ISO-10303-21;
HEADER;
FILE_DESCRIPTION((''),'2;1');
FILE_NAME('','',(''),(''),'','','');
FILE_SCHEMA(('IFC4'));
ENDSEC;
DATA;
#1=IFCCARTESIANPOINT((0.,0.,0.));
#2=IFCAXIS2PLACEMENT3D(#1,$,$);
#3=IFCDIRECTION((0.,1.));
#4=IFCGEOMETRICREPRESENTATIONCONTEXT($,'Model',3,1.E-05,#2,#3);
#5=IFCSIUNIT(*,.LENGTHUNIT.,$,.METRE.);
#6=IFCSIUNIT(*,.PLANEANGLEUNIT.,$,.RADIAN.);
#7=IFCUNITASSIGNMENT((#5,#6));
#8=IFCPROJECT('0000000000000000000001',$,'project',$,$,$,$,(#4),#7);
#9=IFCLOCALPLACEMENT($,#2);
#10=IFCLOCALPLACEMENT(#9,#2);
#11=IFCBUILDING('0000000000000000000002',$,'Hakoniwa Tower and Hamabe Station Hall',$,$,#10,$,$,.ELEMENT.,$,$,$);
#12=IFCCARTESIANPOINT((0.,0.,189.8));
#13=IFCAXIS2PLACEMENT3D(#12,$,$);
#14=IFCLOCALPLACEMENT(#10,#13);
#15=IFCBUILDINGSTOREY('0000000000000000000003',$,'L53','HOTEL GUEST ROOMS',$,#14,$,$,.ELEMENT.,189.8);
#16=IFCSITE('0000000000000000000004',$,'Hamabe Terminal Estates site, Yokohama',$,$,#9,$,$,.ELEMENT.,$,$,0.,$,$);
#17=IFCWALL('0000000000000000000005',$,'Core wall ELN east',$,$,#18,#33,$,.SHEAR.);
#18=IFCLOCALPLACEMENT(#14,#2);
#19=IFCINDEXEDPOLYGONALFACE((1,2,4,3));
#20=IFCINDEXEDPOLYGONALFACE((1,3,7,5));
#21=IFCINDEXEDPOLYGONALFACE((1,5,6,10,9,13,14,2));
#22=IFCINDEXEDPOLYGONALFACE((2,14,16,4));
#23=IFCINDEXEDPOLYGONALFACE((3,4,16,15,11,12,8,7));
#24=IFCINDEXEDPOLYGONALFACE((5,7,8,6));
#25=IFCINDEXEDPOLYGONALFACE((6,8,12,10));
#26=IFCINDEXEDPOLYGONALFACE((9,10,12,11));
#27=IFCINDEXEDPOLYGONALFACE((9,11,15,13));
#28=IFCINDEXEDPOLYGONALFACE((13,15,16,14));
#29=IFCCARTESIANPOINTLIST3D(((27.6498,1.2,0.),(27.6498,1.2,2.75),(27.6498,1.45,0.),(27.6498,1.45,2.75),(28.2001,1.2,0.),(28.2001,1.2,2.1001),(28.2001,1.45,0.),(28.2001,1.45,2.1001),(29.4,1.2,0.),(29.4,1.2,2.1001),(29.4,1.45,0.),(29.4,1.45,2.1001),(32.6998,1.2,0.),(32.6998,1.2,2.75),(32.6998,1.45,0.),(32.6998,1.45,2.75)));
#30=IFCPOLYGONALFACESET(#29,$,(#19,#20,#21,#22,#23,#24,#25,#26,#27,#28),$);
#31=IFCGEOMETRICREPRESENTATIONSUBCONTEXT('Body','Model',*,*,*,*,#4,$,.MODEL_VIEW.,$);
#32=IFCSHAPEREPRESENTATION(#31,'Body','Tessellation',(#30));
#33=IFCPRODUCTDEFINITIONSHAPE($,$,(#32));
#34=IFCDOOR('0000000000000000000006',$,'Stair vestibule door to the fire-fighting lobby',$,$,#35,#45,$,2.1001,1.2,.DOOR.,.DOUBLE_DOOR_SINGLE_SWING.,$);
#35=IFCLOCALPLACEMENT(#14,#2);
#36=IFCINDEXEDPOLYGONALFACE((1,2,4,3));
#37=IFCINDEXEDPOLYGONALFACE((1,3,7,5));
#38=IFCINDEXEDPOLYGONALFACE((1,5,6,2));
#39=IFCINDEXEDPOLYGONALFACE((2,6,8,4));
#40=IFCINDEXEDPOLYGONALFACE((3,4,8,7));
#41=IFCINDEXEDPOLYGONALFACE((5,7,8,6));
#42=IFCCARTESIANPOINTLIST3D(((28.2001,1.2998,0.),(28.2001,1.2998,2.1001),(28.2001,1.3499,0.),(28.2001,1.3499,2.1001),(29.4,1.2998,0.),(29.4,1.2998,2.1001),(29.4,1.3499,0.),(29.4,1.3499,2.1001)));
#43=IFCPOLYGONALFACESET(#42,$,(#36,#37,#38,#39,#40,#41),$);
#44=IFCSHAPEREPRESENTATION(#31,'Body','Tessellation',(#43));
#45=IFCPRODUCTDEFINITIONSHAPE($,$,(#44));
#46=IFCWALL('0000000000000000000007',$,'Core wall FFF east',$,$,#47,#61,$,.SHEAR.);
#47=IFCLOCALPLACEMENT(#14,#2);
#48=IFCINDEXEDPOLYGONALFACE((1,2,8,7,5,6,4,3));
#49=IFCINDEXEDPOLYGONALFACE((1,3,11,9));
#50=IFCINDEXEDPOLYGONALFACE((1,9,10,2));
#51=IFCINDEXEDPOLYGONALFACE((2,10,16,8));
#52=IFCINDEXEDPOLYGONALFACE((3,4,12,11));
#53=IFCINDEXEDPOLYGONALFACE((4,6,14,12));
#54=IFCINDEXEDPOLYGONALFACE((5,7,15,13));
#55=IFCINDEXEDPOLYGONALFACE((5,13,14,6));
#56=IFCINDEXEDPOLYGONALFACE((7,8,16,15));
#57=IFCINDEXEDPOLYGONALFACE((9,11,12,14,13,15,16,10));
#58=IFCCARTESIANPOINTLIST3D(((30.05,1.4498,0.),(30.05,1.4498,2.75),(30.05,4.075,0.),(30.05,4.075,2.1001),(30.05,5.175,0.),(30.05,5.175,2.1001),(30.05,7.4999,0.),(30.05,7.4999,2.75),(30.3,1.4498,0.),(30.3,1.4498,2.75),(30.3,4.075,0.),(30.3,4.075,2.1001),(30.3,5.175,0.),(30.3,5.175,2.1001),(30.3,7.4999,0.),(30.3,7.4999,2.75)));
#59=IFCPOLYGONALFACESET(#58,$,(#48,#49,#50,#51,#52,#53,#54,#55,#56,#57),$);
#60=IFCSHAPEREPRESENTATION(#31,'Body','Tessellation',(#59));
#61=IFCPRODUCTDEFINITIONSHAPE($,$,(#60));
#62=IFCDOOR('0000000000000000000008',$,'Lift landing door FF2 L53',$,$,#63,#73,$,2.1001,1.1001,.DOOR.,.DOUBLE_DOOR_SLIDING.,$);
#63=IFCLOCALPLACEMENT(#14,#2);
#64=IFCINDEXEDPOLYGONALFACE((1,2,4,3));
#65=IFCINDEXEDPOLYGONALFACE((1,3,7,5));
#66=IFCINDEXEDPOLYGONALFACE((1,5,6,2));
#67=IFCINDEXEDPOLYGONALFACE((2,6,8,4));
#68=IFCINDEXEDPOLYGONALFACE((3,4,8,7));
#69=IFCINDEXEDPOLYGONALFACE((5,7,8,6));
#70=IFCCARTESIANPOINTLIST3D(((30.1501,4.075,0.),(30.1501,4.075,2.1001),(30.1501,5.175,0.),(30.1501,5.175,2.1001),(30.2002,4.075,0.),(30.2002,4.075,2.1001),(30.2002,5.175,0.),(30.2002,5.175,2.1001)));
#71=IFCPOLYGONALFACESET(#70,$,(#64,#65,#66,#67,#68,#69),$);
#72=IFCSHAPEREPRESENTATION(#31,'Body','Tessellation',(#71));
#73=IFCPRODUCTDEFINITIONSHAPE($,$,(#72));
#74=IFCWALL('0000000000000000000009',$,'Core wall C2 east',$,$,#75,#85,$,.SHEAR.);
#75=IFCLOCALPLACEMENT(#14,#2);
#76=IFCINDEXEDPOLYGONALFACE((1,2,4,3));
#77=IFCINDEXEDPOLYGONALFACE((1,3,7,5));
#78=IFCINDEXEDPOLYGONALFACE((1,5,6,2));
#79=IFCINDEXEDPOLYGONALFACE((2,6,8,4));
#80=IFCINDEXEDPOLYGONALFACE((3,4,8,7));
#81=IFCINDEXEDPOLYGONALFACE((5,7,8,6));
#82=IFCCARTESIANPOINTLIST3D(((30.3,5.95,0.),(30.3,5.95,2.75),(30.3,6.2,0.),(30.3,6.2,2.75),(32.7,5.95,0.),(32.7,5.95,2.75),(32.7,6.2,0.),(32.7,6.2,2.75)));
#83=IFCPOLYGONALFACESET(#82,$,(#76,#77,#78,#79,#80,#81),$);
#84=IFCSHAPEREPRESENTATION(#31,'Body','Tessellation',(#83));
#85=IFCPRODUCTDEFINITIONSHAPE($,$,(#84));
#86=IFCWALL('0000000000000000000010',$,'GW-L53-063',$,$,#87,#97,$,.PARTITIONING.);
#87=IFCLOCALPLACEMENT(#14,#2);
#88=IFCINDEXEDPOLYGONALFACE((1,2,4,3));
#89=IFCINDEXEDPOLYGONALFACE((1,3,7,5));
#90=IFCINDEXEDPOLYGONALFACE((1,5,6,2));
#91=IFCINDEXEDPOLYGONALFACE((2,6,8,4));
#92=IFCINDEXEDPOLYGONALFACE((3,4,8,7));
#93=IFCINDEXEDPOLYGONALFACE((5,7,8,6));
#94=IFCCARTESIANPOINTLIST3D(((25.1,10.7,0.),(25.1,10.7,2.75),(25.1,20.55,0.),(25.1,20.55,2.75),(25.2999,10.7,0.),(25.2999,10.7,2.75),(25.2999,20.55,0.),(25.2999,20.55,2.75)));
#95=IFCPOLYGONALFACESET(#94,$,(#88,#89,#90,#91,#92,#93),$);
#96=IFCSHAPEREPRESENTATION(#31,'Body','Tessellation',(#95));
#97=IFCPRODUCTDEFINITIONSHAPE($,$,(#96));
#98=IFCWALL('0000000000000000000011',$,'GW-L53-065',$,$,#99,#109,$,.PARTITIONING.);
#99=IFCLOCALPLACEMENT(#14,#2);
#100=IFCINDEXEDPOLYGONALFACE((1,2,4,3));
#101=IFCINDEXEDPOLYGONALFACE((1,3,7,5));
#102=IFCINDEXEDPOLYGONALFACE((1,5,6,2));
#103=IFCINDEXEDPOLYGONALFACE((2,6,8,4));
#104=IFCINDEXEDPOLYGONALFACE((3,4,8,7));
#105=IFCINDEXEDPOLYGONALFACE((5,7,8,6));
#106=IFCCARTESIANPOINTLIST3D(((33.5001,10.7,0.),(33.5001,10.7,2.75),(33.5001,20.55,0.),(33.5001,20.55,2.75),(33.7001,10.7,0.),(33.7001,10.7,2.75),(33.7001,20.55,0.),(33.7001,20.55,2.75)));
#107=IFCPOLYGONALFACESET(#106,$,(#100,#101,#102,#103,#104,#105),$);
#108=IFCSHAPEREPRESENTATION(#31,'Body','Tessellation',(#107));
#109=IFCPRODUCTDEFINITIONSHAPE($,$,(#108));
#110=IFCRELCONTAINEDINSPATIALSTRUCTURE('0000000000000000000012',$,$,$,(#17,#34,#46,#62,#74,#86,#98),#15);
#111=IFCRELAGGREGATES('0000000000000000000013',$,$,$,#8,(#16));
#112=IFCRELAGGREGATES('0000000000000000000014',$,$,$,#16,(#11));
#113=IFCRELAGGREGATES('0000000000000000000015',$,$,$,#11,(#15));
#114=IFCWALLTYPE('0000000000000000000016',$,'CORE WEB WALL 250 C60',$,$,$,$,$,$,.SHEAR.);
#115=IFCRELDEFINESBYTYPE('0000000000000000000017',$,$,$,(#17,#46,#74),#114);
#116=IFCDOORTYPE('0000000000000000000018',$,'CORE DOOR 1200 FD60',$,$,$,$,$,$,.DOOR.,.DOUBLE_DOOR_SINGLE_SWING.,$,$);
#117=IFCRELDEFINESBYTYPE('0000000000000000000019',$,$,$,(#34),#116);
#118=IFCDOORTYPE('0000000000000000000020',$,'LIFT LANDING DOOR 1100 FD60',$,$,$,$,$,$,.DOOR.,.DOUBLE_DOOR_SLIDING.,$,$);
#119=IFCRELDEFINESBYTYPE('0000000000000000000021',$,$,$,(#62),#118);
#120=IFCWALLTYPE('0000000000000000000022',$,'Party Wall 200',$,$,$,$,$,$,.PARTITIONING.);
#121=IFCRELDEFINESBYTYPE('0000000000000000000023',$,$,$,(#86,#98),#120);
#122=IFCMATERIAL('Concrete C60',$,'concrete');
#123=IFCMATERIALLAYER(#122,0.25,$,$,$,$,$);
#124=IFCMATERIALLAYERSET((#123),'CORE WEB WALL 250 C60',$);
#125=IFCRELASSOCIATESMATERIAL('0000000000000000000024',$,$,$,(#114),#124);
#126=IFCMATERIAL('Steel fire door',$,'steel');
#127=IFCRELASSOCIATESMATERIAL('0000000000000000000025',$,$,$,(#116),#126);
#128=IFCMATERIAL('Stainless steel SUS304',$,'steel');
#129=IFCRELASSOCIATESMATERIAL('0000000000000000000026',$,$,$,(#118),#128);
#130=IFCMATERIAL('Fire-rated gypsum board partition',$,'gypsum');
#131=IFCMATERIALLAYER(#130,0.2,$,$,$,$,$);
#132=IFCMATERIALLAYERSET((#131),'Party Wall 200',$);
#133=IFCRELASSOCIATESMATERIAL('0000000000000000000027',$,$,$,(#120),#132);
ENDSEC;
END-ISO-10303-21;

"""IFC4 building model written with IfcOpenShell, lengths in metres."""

from ifc_helpers import new_model, si_unit, direction, frame, frame_2d, origin, place, context, subcontext, project, spatial, rectangle, extrude, material, layer, layer_set, type_object, element, fill, save


model = new_model("IFC4")

# Units and contexts
model_context = context("Model", 3, precision=1e-05, world=origin(), true_north=direction((0.0, 1.0)))
body_context = subcontext(model_context, "Body", "Model", "MODEL_VIEW")
ifc_project = project(units=[si_unit("LENGTHUNIT", "METRE"), si_unit("PLANEANGLEUNIT", "RADIAN")], contexts=[model_context])

# Site, building, storey
site_placement = place(None, origin())
site = spatial("IfcSite", under=ifc_project, at=site_placement, Name="Hamabe Terminal Estates site, Yokohama", CompositionType="ELEMENT", RefElevation=0.0)
building_placement = place(site_placement, origin())
building = spatial("IfcBuilding", under=site, at=building_placement, Name="Hakoniwa Tower and Hamabe Station Hall", CompositionType="ELEMENT")
storey_placement = place(building_placement, frame((0.0, 0.0, 189.8)))
storey = spatial("IfcBuildingStorey", under=building, at=storey_placement, Name="L53", Description="HOTEL GUEST ROOMS", CompositionType="ELEMENT", Elevation=189.8)

# Shared definitions
ifc_material_1 = material(Name="Concrete C60", Category="concrete")
ifc_layer_1 = layer(ifc_material_1, 0.25)
ifc_layer_set_1 = layer_set([ifc_layer_1], Name="CORE WEB WALL 250 C60")
wall_type_1 = type_object("IfcWallType", Name="CORE WEB WALL 250 C60", PredefinedType="SHEAR", material=ifc_layer_set_1)

# Walls, openings, doors
ifc_material_2 = material(Name="Steel fire door", Category="steel")
door_type_1 = type_object("IfcDoorType", Name="CORE DOOR 1200 FD60", OperationType="DOUBLE_DOOR_SINGLE_SWING", PredefinedType="DOOR", material=ifc_material_2)
wall_1_placement = place(storey_placement, frame((27.6499, 1.325, 0.0), z_axis=(0.0, 0.0, 1.0), x_axis=(1.0, 0.0, 0.0)))
wall_1 = element("IfcWall", 1, at=wall_1_placement, inside=storey, type_object=wall_type_1, Name="Core wall ELN east", PredefinedType="SHEAR", context=body_context, shape_type="SweptSolid", body=[
    extrude(rectangle(XDim=5.05, YDim=0.25, at=frame_2d((2.5249, 0.0))), origin(), (0.0, 0.0, 1.0), 2.75),
])
opening_1_placement = place(wall_1_placement, frame((0.55, 0.0, 0.0)))
opening_1 = element("IfcOpeningElement", 2, at=opening_1_placement, cuts=wall_1, PredefinedType="OPENING", context=body_context, shape_type="SweptSolid", body=[
    extrude(rectangle(XDim=1.2, YDim=2.1001, at=frame_2d((0.6001, 1.05))), frame((0.0, 0.135, 0.0), z_axis=(0.0, -1.0, 0.0), x_axis=(1.0, 0.0, 0.0)), (0.0, 0.0, 1.0), 0.27),
])
door_1_placement = place(opening_1_placement, origin())
door_1 = element("IfcDoor", 3, at=door_1_placement, inside=storey, type_object=door_type_1, Name="Stair vestibule door to the fire-fighting lobby", OperationType="DOUBLE_DOOR_SINGLE_SWING", OverallHeight=2.1001, OverallWidth=1.2, PredefinedType="DOOR", context=body_context, shape_type="SweptSolid", body=[
    extrude(rectangle(XDim=1.2, YDim=2.1001, at=frame_2d((0.6001, 1.05))), frame((0.0, 0.0249, 0.0), z_axis=(0.0, -1.0, 0.0), x_axis=(1.0, 0.0, 0.0)), (0.0, 0.0, 1.0), 0.05),
])
fill(opening_1, door_1)
wall_2_placement = place(storey_placement, frame((30.175, 1.45, 0.0), z_axis=(0.0, 0.0, 1.0), x_axis=(0.0, 1.0, 0.0)))
wall_2 = element("IfcWall", 4, at=wall_2_placement, inside=storey, type_object=wall_type_1, Name="Core wall FFF east", PredefinedType="SHEAR", context=body_context, shape_type="SweptSolid", body=[
    extrude(rectangle(XDim=6.05, YDim=0.25, at=frame_2d((3.0249, 0.0))), origin(), (0.0, 0.0, 1.0), 2.75),
])
opening_2_placement = place(wall_2_placement, frame((2.625, 0.0, 0.0)))
opening_2 = element("IfcOpeningElement", 5, at=opening_2_placement, cuts=wall_2, PredefinedType="OPENING", context=body_context, shape_type="SweptSolid", body=[
    extrude(rectangle(XDim=1.1001, YDim=2.1001, at=frame_2d((0.55, 1.05))), frame((0.0, 0.135, 0.0), z_axis=(0.0, -1.0, 0.0), x_axis=(1.0, 0.0, 0.0)), (0.0, 0.0, 1.0), 0.27),
])
ifc_material_3 = material(Name="Stainless steel SUS304", Category="steel")
door_type_2 = type_object("IfcDoorType", Name="LIFT LANDING DOOR 1100 FD60", OperationType="DOUBLE_DOOR_SLIDING", PredefinedType="DOOR", material=ifc_material_3)
door_2_placement = place(opening_2_placement, origin())
door_2 = element("IfcDoor", 6, at=door_2_placement, inside=storey, type_object=door_type_2, Name="Lift landing door FF2 L53", OperationType="DOUBLE_DOOR_SLIDING", OverallHeight=2.1001, OverallWidth=1.1001, PredefinedType="DOOR", context=body_context, shape_type="SweptSolid", body=[
    extrude(rectangle(XDim=1.1001, YDim=2.1001, at=frame_2d((0.55, 1.05))), frame((0.0, 0.0249, 0.0), z_axis=(0.0, -1.0, 0.0), x_axis=(1.0, 0.0, 0.0)), (0.0, 0.0, 1.0), 0.05),
])
fill(opening_2, door_2)

# Walls
wall_3_placement = place(storey_placement, frame((30.3, 6.075, 0.0), z_axis=(0.0, 0.0, 1.0), x_axis=(1.0, 0.0, 0.0)))
element("IfcWall", 7, at=wall_3_placement, inside=storey, type_object=wall_type_1, Name="Core wall C2 east", PredefinedType="SHEAR", context=body_context, shape_type="SweptSolid", body=[
    extrude(rectangle(XDim=2.3999, YDim=0.25, at=frame_2d((1.2, 0.0))), origin(), (0.0, 0.0, 1.0), 2.75),
])
ifc_material_4 = material(Name="Fire-rated gypsum board partition", Category="gypsum")
ifc_layer_2 = layer(ifc_material_4, 0.2)
ifc_layer_set_2 = layer_set([ifc_layer_2], Name="Party Wall 200")
wall_type_2 = type_object("IfcWallType", Name="Party Wall 200", PredefinedType="PARTITIONING", material=ifc_layer_set_2)
for number, where, z_axis, x_axis, name in (
    (8, (25.2, 10.7, 0.0), (0.0, 0.0, 1.0), (0.0, 1.0, 0.0), "GW-L53-063"),
    (9, (33.6001, 10.7, 0.0), (0.0, 0.0, 1.0), (0.0, 1.0, 0.0), "GW-L53-065"),
):
    element("IfcWall", number, at=place(storey_placement, frame(where, z_axis=z_axis, x_axis=x_axis)), inside=storey, type_object=wall_type_2, Name=name, PredefinedType="PARTITIONING", context=body_context, shape_type="SweptSolid", body=[
        extrude(rectangle(XDim=9.8501, YDim=0.2, at=frame_2d((4.925, 0.0))), origin(), (0.0, 0.0, 1.0), 2.75),
    ])

save(model, "model.ifc")
